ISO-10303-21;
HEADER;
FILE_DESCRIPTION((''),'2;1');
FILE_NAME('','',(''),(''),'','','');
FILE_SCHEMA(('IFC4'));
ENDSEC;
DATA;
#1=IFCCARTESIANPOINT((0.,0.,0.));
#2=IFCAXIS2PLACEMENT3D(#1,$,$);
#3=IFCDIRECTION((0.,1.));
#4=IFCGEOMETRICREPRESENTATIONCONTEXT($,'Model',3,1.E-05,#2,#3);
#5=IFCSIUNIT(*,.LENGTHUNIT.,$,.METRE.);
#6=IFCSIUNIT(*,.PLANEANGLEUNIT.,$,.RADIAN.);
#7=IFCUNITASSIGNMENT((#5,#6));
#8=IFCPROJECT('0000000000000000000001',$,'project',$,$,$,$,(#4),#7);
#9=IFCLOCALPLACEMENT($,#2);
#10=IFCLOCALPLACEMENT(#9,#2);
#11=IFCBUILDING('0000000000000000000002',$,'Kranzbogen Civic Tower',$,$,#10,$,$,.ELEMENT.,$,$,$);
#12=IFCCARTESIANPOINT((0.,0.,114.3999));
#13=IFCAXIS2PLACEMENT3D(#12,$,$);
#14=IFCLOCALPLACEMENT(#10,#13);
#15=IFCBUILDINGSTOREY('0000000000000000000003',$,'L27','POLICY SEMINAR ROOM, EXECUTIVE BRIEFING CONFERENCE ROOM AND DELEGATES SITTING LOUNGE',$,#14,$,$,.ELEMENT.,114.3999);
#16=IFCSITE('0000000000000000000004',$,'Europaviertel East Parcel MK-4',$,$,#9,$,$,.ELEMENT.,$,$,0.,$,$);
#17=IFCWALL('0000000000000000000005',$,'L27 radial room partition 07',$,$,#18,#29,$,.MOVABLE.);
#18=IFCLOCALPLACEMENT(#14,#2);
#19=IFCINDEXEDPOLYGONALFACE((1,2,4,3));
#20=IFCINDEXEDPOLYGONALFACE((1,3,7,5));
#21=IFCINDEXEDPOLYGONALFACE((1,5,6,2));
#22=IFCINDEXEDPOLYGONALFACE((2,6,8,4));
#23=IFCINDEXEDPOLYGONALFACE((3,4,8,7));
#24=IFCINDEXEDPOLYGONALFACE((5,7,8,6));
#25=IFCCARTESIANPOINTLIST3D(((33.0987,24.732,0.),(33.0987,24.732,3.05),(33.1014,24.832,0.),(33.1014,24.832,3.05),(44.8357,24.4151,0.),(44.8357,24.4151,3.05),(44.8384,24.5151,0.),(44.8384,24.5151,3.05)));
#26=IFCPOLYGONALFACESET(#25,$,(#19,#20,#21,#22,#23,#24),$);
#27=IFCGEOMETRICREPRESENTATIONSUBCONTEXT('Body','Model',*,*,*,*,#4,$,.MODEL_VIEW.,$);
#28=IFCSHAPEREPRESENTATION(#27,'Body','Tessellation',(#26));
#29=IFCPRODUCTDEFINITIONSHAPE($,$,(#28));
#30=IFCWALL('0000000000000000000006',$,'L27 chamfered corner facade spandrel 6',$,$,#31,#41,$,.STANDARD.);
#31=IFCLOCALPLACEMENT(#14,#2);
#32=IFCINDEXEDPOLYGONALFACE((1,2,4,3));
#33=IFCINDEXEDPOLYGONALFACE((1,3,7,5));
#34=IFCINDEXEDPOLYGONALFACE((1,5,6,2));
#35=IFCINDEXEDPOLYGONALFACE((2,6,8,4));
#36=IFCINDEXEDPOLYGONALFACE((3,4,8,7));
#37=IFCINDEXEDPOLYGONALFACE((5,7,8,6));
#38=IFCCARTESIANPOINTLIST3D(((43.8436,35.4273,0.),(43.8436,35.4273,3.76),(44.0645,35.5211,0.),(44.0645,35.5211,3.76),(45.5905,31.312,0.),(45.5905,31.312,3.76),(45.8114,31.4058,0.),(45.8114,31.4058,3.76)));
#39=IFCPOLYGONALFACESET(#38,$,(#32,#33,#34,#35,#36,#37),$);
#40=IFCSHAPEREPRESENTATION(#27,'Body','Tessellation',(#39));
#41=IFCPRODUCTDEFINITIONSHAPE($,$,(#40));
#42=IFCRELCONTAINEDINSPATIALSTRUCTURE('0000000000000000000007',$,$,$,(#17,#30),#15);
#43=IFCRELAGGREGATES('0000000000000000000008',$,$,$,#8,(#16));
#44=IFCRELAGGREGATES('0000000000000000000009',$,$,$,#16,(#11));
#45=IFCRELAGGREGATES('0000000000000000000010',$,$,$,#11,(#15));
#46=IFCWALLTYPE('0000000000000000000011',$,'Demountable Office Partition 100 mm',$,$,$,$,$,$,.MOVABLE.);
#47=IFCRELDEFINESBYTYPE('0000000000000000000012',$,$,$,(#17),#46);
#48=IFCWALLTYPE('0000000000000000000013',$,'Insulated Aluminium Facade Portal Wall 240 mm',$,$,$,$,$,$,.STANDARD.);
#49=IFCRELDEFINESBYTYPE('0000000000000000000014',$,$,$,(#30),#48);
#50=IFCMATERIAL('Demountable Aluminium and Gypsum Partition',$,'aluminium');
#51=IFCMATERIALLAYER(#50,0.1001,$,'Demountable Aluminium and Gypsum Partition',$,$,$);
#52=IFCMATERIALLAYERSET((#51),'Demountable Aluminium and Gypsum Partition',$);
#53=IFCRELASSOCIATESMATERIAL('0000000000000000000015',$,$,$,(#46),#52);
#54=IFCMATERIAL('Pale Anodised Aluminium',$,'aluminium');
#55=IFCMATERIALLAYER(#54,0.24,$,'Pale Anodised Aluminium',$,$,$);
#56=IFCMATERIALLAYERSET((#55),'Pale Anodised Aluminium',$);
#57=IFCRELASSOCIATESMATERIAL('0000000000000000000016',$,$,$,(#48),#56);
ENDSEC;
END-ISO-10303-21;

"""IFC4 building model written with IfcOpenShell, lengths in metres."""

from ifc_helpers import new_model, si_unit, direction, frame, frame_2d, origin, place, context, subcontext, project, spatial, rectangle, extrude, material, layer, layer_set, type_object, element, save


model = new_model("IFC4")

# Units and contexts
model_context = context("Model", 3, precision=1e-05, world=origin(), true_north=direction((0.0, 1.0)))
body_context = subcontext(model_context, "Body", "Model", "MODEL_VIEW")
ifc_project = project(units=[si_unit("LENGTHUNIT", "METRE"), si_unit("PLANEANGLEUNIT", "RADIAN")], contexts=[model_context])

# Site, building, storey
site_placement = place(None, origin())
site = spatial("IfcSite", under=ifc_project, at=site_placement, Name="Europaviertel East Parcel MK-4", CompositionType="ELEMENT", RefElevation=0.0)
building_placement = place(site_placement, origin())
building = spatial("IfcBuilding", under=site, at=building_placement, Name="Kranzbogen Civic Tower", CompositionType="ELEMENT")
storey_placement = place(building_placement, frame((0.0, 0.0, 114.3999)))
storey = spatial("IfcBuildingStorey", under=building, at=storey_placement, Name="L27", Description="POLICY SEMINAR ROOM, EXECUTIVE BRIEFING CONFERENCE ROOM AND DELEGATES SITTING LOUNGE", CompositionType="ELEMENT", Elevation=114.3999)

# Shared definitions
ifc_material_1 = material(Name="Pale Anodised Aluminium", Category="aluminium")

# Walls
ifc_material_2 = material(Name="Demountable Aluminium and Gypsum Partition", Category="aluminium")
ifc_layer_1 = layer(ifc_material_2, 0.1001, Name="Demountable Aluminium and Gypsum Partition")
ifc_layer_set_1 = layer_set([ifc_layer_1], Name="Demountable Aluminium and Gypsum Partition")
wall_type_1 = type_object("IfcWallType", Name="Demountable Office Partition 100 mm", PredefinedType="MOVABLE", material=ifc_layer_set_1)
wall_1_placement = place(storey_placement, frame((33.1001, 24.782, 0.0), z_axis=(0.0, 0.0, 1.0), x_axis=(0.999636, -0.02699, 0.0)))
element("IfcWall", 1, at=wall_1_placement, inside=storey, type_object=wall_type_1, Name="L27 radial room partition 07", PredefinedType="MOVABLE", context=body_context, shape_type="SweptSolid", body=[
    extrude(rectangle(XDim=11.7412, YDim=0.1001, at=frame_2d((5.8706, 0.0))), origin(), (0.0, 0.0, 1.0), 3.05),
])
ifc_layer_2 = layer(ifc_material_1, 0.24, Name="Pale Anodised Aluminium")
ifc_layer_set_2 = layer_set([ifc_layer_2], Name="Pale Anodised Aluminium")
wall_type_2 = type_object("IfcWallType", Name="Insulated Aluminium Facade Portal Wall 240 mm", PredefinedType="STANDARD", material=ifc_layer_set_2)
wall_2_placement = place(storey_placement, frame((45.7009, 31.3589, 0.0), z_axis=(0.0, 0.0, 1.0), x_axis=(-0.390734, 0.920504, 0.0)))
element("IfcWall", 2, at=wall_2_placement, inside=storey, type_object=wall_type_2, Name="L27 chamfered corner facade spandrel 6", PredefinedType="STANDARD", context=body_context, shape_type="SweptSolid", body=[
    extrude(rectangle(XDim=4.4707, YDim=0.24, at=frame_2d((2.2354, 0.0))), origin(), (0.0, 0.0, 1.0), 3.76),
])

save(model, "model.ifc")
